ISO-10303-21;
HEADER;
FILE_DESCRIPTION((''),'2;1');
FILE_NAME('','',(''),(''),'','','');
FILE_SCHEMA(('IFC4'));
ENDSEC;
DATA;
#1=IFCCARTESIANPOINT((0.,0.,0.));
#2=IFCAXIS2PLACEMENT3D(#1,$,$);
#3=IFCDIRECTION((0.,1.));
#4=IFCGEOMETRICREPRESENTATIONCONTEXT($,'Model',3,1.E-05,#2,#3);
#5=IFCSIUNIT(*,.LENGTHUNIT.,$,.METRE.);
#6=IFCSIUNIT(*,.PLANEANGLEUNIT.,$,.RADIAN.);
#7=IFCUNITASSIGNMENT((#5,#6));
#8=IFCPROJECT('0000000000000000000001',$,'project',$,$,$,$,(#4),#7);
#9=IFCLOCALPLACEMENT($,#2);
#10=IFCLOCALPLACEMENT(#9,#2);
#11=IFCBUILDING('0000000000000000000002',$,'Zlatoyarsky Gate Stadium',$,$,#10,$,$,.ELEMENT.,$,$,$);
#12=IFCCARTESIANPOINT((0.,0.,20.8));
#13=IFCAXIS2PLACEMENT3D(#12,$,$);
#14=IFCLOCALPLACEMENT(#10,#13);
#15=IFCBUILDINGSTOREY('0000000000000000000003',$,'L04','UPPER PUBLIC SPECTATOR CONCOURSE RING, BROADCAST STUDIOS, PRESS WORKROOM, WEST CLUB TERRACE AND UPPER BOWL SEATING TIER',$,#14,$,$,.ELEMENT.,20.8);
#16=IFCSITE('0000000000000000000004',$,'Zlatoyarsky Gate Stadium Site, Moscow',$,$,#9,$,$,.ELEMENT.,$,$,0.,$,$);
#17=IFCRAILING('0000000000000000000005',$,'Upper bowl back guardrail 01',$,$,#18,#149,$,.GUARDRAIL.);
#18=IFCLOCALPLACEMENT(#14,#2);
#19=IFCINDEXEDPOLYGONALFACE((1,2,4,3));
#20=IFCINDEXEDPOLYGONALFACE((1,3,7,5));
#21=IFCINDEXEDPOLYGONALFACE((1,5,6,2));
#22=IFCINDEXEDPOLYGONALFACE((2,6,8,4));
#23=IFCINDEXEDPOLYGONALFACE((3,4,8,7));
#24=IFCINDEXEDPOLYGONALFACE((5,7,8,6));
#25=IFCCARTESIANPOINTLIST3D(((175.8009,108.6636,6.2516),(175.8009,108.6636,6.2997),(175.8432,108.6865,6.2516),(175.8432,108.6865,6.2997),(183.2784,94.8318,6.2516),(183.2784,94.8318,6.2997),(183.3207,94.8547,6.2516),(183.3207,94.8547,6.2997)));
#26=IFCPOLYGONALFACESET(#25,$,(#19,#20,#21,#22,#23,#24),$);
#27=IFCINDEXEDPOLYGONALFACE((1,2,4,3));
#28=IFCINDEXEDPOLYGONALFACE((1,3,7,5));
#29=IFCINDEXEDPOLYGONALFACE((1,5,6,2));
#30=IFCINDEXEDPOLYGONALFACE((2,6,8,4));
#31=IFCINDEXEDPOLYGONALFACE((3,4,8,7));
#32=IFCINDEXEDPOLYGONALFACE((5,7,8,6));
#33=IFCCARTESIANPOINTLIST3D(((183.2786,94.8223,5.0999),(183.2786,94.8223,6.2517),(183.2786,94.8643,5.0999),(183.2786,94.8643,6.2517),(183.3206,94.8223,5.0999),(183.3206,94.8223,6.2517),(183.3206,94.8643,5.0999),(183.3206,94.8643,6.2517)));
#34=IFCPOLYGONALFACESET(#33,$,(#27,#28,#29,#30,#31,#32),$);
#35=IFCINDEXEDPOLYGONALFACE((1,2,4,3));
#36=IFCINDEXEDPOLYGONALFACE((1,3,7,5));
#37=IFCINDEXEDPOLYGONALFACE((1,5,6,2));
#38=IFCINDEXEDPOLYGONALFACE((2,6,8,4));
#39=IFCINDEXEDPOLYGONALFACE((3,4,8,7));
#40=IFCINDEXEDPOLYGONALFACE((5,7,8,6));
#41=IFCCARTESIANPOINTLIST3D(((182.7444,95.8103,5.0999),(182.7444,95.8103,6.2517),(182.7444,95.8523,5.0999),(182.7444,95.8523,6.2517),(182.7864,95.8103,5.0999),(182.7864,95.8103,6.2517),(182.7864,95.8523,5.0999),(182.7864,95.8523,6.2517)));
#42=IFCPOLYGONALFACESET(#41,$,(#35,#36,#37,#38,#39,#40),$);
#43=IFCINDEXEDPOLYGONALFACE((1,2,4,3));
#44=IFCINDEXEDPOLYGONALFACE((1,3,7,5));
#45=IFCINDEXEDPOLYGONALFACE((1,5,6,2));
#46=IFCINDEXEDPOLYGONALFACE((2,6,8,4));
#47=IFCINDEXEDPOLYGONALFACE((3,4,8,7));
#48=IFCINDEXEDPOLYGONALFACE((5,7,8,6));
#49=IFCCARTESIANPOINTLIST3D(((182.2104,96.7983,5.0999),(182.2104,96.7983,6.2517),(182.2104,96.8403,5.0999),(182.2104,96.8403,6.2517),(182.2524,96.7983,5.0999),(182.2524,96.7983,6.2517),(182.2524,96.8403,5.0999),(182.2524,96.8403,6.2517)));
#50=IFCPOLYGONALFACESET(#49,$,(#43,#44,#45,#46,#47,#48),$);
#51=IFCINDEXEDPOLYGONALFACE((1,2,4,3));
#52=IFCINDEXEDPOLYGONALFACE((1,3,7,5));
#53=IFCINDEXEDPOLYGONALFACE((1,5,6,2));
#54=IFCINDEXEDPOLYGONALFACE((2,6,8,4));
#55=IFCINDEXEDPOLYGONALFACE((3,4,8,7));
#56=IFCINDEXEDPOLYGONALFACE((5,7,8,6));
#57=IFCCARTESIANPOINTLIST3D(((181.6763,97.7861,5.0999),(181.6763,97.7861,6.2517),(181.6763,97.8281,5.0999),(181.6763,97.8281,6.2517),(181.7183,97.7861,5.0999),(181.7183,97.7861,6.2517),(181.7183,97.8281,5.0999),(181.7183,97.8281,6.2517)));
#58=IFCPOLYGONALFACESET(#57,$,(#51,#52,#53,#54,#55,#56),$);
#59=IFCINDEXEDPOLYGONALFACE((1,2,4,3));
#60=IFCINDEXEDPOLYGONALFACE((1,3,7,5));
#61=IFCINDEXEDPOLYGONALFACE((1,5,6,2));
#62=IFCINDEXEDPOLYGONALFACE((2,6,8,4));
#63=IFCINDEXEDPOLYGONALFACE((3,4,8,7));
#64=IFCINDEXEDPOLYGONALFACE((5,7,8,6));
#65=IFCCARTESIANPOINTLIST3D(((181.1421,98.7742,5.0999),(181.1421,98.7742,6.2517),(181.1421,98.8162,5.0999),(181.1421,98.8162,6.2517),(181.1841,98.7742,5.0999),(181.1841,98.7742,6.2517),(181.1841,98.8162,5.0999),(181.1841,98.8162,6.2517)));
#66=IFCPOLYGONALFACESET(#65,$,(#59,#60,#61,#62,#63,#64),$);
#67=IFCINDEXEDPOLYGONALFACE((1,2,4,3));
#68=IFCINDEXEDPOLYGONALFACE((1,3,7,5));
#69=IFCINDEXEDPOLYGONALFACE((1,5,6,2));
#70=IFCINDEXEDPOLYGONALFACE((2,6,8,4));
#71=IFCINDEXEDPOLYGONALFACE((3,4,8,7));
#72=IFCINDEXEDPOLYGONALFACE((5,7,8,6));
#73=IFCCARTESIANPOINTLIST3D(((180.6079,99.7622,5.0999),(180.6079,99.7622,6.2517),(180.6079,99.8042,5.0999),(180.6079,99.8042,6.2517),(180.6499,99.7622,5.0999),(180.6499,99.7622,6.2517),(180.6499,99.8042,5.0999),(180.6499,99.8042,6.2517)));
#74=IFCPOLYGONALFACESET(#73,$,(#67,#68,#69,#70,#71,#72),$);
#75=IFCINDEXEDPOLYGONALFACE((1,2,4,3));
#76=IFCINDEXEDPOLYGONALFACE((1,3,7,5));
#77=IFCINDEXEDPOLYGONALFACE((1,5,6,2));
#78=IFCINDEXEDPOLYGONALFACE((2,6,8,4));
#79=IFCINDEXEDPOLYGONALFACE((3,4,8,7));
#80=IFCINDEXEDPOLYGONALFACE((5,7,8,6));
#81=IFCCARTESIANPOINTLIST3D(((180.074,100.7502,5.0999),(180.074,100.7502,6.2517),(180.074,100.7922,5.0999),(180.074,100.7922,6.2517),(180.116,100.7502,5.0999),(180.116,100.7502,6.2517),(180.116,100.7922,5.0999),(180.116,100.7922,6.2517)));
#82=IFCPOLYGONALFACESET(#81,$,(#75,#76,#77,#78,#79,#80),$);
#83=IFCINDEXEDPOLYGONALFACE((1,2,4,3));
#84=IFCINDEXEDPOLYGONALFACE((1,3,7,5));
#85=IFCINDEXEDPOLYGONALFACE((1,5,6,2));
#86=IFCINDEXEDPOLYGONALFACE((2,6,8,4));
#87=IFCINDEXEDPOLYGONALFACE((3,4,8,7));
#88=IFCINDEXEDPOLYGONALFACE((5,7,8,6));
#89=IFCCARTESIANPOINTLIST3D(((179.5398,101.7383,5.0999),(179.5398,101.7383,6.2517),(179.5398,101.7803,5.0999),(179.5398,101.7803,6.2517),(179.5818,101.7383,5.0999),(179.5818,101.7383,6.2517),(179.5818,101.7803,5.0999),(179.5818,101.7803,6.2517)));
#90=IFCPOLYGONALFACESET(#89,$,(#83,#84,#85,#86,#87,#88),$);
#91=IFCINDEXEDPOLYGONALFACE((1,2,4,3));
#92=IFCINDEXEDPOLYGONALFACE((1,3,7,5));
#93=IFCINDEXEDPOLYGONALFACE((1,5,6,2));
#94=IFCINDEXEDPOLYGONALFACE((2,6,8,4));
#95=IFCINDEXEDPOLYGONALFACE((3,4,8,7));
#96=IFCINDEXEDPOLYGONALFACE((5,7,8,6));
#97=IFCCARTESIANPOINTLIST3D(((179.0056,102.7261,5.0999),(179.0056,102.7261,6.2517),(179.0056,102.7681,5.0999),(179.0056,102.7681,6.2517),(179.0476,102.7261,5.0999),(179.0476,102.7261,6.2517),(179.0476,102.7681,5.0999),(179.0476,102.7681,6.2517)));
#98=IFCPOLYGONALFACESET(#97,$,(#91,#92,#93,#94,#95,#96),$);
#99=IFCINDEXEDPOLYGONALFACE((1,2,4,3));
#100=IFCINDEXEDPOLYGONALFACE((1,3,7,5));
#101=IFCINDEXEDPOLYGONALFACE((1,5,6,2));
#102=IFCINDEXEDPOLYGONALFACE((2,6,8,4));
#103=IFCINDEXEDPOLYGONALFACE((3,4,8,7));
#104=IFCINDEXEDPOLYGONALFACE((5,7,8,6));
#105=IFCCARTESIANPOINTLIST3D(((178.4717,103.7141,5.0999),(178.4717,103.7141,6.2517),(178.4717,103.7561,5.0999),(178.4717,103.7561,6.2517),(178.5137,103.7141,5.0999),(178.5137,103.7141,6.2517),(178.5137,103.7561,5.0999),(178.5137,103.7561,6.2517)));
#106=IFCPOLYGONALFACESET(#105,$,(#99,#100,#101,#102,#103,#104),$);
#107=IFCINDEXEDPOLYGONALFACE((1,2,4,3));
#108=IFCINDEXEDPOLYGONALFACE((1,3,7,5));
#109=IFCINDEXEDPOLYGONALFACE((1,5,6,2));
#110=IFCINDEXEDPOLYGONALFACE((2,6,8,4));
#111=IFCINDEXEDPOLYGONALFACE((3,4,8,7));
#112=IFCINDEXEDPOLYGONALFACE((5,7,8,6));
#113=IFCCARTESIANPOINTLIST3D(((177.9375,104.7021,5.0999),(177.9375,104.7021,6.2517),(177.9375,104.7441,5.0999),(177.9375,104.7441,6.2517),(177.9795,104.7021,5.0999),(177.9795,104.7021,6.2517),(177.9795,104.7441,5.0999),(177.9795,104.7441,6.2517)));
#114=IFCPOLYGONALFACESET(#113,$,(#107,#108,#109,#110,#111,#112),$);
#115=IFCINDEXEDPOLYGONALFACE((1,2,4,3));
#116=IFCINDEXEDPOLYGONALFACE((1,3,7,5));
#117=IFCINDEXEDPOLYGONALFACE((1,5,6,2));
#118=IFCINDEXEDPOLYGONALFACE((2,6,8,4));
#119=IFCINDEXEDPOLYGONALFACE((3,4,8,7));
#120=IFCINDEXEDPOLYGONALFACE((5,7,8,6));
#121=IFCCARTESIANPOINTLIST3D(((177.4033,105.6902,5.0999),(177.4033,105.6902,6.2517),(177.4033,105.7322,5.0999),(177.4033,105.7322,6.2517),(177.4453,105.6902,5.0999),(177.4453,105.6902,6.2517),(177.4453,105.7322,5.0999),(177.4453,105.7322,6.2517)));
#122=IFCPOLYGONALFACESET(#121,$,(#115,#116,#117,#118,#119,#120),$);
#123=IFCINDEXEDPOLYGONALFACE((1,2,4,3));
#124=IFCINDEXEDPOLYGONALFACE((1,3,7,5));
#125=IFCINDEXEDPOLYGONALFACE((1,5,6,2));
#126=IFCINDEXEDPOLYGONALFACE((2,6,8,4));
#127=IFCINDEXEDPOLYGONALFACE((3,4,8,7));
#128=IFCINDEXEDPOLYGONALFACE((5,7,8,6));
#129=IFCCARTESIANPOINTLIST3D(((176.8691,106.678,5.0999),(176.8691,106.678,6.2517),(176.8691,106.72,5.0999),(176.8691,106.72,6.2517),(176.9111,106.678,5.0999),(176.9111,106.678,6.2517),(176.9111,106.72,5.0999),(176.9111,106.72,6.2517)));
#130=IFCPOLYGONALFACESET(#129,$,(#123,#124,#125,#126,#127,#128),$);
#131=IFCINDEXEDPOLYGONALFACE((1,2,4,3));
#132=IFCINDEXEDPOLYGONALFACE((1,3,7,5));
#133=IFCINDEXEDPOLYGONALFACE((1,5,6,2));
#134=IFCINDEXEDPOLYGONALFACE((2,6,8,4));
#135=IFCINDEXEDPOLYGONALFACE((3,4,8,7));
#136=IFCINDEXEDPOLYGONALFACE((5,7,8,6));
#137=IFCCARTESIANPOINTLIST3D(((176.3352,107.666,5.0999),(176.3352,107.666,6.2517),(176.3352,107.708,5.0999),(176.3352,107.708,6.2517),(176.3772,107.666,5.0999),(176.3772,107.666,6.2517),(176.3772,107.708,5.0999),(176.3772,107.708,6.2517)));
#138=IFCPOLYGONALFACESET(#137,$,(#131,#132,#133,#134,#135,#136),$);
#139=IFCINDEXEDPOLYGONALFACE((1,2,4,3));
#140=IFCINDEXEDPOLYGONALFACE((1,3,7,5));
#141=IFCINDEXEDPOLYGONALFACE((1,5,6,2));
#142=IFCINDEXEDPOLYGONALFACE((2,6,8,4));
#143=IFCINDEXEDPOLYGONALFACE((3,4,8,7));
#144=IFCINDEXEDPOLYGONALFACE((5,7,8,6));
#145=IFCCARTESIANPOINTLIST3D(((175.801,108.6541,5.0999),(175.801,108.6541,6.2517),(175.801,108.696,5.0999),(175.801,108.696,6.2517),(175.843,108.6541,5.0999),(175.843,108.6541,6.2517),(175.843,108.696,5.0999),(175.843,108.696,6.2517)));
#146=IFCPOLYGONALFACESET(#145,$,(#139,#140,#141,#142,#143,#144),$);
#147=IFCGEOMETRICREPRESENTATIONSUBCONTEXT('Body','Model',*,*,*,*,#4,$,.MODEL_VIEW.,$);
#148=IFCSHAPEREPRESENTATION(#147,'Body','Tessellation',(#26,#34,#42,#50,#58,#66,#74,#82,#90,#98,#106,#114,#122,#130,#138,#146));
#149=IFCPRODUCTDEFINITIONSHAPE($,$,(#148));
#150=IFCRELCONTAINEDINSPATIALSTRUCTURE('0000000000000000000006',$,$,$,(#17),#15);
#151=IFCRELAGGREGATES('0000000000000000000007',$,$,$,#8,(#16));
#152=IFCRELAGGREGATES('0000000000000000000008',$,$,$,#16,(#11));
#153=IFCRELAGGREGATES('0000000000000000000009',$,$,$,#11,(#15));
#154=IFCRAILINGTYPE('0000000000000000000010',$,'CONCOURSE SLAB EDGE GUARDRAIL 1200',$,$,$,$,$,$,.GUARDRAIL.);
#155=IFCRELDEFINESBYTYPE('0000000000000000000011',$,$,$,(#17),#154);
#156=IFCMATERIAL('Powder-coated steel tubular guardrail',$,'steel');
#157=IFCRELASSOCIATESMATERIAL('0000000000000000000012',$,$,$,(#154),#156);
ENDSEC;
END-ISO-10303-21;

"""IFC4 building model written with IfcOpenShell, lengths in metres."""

from ifc_helpers import new_model, si_unit, direction, frame, origin, origin_2d, place, context, subcontext, project, spatial, rectangle, extrude, material, type_object, element, save


model = new_model("IFC4")

# Units and contexts
model_context = context("Model", 3, precision=1e-05, world=origin(), true_north=direction((0.0, 1.0)))
body_context = subcontext(model_context, "Body", "Model", "MODEL_VIEW")
ifc_project = project(units=[si_unit("LENGTHUNIT", "METRE"), si_unit("PLANEANGLEUNIT", "RADIAN")], contexts=[model_context])

# Site, building, storey
site_placement = place(None, origin())
site = spatial("IfcSite", under=ifc_project, at=site_placement, Name="Zlatoyarsky Gate Stadium Site, Moscow", CompositionType="ELEMENT", RefElevation=0.0)
building_placement = place(site_placement, origin())
building = spatial("IfcBuilding", under=site, at=building_placement, Name="Zlatoyarsky Gate Stadium", CompositionType="ELEMENT")
storey_placement = place(building_placement, frame((0.0, 0.0, 20.8)))
storey = spatial("IfcBuildingStorey", under=building, at=storey_placement, Name="L04", Description="UPPER PUBLIC SPECTATOR CONCOURSE RING, BROADCAST STUDIOS, PRESS WORKROOM, WEST CLUB TERRACE AND UPPER BOWL SEATING TIER", CompositionType="ELEMENT", Elevation=20.8)

# Railing
ifc_material_1 = material(Name="Powder-coated steel tubular guardrail", Category="steel")
railing_type_1 = type_object("IfcRailingType", Name="CONCOURSE SLAB EDGE GUARDRAIL 1200", PredefinedType="GUARDRAIL", material=ifc_material_1)
railing_1_placement = place(storey_placement, frame((183.2996, 94.8433, 5.0999)))
element("IfcRailing", 1, at=railing_1_placement, inside=storey, type_object=railing_type_1, Name="Upper bowl back guardrail 01", PredefinedType="GUARDRAIL", context=body_context, shape_type="SweptSolid", body=[
    extrude(rectangle(XDim=0.0481, YDim=0.0481, at=origin_2d()), frame((0.0, 0.0, 1.1758), z_axis=(-0.475561, 0.879683, 0.0), x_axis=(-0.879683, -0.475561, 0.0)), (0.0, 0.0, 1.0), 15.7236),
    extrude(rectangle(XDim=0.042, YDim=0.042, at=origin_2d()), origin(), (0.0, 0.0, 1.0), 1.1519),
    extrude(rectangle(XDim=0.042, YDim=0.042, at=origin_2d()), frame((-0.5342, 0.988, 0.0)), (0.0, 0.0, 1.0), 1.1519),
    extrude(rectangle(XDim=0.042, YDim=0.042, at=origin_2d()), frame((-1.0681, 1.9761, 0.0)), (0.0, 0.0, 1.0), 1.1519),
    extrude(rectangle(XDim=0.042, YDim=0.042, at=origin_2d()), frame((-1.6023, 2.9639, 0.0)), (0.0, 0.0, 1.0), 1.1519),
    extrude(rectangle(XDim=0.042, YDim=0.042, at=origin_2d()), frame((-2.1365, 3.9519, 0.0)), (0.0, 0.0, 1.0), 1.1519),
    extrude(rectangle(XDim=0.042, YDim=0.042, at=origin_2d()), frame((-2.6707, 4.9399, 0.0)), (0.0, 0.0, 1.0), 1.1519),
    extrude(rectangle(XDim=0.042, YDim=0.042, at=origin_2d()), frame((-3.2046, 5.928, 0.0)), (0.0, 0.0, 1.0), 1.1519),
    extrude(rectangle(XDim=0.042, YDim=0.042, at=origin_2d()), frame((-3.7388, 6.916, 0.0)), (0.0, 0.0, 1.0), 1.1519),
    extrude(rectangle(XDim=0.042, YDim=0.042, at=origin_2d()), frame((-4.2729, 7.9038, 0.0)), (0.0, 0.0, 1.0), 1.1519),
    extrude(rectangle(XDim=0.042, YDim=0.042, at=origin_2d()), frame((-4.8069, 8.8918, 0.0)), (0.0, 0.0, 1.0), 1.1519),
    extrude(rectangle(XDim=0.042, YDim=0.042, at=origin_2d()), frame((-5.3411, 9.8799, 0.0)), (0.0, 0.0, 1.0), 1.1519),
    extrude(rectangle(XDim=0.042, YDim=0.042, at=origin_2d()), frame((-5.8752, 10.8679, 0.0)), (0.0, 0.0, 1.0), 1.1519),
    extrude(rectangle(XDim=0.042, YDim=0.042, at=origin_2d()), frame((-6.4094, 11.8557, 0.0)), (0.0, 0.0, 1.0), 1.1519),
    extrude(rectangle(XDim=0.042, YDim=0.042, at=origin_2d()), frame((-6.9434, 12.8438, 0.0)), (0.0, 0.0, 1.0), 1.1519),
    extrude(rectangle(XDim=0.042, YDim=0.042, at=origin_2d()), frame((-7.4775, 13.8318, 0.0)), (0.0, 0.0, 1.0), 1.1519),
])

save(model, "model.ifc")
